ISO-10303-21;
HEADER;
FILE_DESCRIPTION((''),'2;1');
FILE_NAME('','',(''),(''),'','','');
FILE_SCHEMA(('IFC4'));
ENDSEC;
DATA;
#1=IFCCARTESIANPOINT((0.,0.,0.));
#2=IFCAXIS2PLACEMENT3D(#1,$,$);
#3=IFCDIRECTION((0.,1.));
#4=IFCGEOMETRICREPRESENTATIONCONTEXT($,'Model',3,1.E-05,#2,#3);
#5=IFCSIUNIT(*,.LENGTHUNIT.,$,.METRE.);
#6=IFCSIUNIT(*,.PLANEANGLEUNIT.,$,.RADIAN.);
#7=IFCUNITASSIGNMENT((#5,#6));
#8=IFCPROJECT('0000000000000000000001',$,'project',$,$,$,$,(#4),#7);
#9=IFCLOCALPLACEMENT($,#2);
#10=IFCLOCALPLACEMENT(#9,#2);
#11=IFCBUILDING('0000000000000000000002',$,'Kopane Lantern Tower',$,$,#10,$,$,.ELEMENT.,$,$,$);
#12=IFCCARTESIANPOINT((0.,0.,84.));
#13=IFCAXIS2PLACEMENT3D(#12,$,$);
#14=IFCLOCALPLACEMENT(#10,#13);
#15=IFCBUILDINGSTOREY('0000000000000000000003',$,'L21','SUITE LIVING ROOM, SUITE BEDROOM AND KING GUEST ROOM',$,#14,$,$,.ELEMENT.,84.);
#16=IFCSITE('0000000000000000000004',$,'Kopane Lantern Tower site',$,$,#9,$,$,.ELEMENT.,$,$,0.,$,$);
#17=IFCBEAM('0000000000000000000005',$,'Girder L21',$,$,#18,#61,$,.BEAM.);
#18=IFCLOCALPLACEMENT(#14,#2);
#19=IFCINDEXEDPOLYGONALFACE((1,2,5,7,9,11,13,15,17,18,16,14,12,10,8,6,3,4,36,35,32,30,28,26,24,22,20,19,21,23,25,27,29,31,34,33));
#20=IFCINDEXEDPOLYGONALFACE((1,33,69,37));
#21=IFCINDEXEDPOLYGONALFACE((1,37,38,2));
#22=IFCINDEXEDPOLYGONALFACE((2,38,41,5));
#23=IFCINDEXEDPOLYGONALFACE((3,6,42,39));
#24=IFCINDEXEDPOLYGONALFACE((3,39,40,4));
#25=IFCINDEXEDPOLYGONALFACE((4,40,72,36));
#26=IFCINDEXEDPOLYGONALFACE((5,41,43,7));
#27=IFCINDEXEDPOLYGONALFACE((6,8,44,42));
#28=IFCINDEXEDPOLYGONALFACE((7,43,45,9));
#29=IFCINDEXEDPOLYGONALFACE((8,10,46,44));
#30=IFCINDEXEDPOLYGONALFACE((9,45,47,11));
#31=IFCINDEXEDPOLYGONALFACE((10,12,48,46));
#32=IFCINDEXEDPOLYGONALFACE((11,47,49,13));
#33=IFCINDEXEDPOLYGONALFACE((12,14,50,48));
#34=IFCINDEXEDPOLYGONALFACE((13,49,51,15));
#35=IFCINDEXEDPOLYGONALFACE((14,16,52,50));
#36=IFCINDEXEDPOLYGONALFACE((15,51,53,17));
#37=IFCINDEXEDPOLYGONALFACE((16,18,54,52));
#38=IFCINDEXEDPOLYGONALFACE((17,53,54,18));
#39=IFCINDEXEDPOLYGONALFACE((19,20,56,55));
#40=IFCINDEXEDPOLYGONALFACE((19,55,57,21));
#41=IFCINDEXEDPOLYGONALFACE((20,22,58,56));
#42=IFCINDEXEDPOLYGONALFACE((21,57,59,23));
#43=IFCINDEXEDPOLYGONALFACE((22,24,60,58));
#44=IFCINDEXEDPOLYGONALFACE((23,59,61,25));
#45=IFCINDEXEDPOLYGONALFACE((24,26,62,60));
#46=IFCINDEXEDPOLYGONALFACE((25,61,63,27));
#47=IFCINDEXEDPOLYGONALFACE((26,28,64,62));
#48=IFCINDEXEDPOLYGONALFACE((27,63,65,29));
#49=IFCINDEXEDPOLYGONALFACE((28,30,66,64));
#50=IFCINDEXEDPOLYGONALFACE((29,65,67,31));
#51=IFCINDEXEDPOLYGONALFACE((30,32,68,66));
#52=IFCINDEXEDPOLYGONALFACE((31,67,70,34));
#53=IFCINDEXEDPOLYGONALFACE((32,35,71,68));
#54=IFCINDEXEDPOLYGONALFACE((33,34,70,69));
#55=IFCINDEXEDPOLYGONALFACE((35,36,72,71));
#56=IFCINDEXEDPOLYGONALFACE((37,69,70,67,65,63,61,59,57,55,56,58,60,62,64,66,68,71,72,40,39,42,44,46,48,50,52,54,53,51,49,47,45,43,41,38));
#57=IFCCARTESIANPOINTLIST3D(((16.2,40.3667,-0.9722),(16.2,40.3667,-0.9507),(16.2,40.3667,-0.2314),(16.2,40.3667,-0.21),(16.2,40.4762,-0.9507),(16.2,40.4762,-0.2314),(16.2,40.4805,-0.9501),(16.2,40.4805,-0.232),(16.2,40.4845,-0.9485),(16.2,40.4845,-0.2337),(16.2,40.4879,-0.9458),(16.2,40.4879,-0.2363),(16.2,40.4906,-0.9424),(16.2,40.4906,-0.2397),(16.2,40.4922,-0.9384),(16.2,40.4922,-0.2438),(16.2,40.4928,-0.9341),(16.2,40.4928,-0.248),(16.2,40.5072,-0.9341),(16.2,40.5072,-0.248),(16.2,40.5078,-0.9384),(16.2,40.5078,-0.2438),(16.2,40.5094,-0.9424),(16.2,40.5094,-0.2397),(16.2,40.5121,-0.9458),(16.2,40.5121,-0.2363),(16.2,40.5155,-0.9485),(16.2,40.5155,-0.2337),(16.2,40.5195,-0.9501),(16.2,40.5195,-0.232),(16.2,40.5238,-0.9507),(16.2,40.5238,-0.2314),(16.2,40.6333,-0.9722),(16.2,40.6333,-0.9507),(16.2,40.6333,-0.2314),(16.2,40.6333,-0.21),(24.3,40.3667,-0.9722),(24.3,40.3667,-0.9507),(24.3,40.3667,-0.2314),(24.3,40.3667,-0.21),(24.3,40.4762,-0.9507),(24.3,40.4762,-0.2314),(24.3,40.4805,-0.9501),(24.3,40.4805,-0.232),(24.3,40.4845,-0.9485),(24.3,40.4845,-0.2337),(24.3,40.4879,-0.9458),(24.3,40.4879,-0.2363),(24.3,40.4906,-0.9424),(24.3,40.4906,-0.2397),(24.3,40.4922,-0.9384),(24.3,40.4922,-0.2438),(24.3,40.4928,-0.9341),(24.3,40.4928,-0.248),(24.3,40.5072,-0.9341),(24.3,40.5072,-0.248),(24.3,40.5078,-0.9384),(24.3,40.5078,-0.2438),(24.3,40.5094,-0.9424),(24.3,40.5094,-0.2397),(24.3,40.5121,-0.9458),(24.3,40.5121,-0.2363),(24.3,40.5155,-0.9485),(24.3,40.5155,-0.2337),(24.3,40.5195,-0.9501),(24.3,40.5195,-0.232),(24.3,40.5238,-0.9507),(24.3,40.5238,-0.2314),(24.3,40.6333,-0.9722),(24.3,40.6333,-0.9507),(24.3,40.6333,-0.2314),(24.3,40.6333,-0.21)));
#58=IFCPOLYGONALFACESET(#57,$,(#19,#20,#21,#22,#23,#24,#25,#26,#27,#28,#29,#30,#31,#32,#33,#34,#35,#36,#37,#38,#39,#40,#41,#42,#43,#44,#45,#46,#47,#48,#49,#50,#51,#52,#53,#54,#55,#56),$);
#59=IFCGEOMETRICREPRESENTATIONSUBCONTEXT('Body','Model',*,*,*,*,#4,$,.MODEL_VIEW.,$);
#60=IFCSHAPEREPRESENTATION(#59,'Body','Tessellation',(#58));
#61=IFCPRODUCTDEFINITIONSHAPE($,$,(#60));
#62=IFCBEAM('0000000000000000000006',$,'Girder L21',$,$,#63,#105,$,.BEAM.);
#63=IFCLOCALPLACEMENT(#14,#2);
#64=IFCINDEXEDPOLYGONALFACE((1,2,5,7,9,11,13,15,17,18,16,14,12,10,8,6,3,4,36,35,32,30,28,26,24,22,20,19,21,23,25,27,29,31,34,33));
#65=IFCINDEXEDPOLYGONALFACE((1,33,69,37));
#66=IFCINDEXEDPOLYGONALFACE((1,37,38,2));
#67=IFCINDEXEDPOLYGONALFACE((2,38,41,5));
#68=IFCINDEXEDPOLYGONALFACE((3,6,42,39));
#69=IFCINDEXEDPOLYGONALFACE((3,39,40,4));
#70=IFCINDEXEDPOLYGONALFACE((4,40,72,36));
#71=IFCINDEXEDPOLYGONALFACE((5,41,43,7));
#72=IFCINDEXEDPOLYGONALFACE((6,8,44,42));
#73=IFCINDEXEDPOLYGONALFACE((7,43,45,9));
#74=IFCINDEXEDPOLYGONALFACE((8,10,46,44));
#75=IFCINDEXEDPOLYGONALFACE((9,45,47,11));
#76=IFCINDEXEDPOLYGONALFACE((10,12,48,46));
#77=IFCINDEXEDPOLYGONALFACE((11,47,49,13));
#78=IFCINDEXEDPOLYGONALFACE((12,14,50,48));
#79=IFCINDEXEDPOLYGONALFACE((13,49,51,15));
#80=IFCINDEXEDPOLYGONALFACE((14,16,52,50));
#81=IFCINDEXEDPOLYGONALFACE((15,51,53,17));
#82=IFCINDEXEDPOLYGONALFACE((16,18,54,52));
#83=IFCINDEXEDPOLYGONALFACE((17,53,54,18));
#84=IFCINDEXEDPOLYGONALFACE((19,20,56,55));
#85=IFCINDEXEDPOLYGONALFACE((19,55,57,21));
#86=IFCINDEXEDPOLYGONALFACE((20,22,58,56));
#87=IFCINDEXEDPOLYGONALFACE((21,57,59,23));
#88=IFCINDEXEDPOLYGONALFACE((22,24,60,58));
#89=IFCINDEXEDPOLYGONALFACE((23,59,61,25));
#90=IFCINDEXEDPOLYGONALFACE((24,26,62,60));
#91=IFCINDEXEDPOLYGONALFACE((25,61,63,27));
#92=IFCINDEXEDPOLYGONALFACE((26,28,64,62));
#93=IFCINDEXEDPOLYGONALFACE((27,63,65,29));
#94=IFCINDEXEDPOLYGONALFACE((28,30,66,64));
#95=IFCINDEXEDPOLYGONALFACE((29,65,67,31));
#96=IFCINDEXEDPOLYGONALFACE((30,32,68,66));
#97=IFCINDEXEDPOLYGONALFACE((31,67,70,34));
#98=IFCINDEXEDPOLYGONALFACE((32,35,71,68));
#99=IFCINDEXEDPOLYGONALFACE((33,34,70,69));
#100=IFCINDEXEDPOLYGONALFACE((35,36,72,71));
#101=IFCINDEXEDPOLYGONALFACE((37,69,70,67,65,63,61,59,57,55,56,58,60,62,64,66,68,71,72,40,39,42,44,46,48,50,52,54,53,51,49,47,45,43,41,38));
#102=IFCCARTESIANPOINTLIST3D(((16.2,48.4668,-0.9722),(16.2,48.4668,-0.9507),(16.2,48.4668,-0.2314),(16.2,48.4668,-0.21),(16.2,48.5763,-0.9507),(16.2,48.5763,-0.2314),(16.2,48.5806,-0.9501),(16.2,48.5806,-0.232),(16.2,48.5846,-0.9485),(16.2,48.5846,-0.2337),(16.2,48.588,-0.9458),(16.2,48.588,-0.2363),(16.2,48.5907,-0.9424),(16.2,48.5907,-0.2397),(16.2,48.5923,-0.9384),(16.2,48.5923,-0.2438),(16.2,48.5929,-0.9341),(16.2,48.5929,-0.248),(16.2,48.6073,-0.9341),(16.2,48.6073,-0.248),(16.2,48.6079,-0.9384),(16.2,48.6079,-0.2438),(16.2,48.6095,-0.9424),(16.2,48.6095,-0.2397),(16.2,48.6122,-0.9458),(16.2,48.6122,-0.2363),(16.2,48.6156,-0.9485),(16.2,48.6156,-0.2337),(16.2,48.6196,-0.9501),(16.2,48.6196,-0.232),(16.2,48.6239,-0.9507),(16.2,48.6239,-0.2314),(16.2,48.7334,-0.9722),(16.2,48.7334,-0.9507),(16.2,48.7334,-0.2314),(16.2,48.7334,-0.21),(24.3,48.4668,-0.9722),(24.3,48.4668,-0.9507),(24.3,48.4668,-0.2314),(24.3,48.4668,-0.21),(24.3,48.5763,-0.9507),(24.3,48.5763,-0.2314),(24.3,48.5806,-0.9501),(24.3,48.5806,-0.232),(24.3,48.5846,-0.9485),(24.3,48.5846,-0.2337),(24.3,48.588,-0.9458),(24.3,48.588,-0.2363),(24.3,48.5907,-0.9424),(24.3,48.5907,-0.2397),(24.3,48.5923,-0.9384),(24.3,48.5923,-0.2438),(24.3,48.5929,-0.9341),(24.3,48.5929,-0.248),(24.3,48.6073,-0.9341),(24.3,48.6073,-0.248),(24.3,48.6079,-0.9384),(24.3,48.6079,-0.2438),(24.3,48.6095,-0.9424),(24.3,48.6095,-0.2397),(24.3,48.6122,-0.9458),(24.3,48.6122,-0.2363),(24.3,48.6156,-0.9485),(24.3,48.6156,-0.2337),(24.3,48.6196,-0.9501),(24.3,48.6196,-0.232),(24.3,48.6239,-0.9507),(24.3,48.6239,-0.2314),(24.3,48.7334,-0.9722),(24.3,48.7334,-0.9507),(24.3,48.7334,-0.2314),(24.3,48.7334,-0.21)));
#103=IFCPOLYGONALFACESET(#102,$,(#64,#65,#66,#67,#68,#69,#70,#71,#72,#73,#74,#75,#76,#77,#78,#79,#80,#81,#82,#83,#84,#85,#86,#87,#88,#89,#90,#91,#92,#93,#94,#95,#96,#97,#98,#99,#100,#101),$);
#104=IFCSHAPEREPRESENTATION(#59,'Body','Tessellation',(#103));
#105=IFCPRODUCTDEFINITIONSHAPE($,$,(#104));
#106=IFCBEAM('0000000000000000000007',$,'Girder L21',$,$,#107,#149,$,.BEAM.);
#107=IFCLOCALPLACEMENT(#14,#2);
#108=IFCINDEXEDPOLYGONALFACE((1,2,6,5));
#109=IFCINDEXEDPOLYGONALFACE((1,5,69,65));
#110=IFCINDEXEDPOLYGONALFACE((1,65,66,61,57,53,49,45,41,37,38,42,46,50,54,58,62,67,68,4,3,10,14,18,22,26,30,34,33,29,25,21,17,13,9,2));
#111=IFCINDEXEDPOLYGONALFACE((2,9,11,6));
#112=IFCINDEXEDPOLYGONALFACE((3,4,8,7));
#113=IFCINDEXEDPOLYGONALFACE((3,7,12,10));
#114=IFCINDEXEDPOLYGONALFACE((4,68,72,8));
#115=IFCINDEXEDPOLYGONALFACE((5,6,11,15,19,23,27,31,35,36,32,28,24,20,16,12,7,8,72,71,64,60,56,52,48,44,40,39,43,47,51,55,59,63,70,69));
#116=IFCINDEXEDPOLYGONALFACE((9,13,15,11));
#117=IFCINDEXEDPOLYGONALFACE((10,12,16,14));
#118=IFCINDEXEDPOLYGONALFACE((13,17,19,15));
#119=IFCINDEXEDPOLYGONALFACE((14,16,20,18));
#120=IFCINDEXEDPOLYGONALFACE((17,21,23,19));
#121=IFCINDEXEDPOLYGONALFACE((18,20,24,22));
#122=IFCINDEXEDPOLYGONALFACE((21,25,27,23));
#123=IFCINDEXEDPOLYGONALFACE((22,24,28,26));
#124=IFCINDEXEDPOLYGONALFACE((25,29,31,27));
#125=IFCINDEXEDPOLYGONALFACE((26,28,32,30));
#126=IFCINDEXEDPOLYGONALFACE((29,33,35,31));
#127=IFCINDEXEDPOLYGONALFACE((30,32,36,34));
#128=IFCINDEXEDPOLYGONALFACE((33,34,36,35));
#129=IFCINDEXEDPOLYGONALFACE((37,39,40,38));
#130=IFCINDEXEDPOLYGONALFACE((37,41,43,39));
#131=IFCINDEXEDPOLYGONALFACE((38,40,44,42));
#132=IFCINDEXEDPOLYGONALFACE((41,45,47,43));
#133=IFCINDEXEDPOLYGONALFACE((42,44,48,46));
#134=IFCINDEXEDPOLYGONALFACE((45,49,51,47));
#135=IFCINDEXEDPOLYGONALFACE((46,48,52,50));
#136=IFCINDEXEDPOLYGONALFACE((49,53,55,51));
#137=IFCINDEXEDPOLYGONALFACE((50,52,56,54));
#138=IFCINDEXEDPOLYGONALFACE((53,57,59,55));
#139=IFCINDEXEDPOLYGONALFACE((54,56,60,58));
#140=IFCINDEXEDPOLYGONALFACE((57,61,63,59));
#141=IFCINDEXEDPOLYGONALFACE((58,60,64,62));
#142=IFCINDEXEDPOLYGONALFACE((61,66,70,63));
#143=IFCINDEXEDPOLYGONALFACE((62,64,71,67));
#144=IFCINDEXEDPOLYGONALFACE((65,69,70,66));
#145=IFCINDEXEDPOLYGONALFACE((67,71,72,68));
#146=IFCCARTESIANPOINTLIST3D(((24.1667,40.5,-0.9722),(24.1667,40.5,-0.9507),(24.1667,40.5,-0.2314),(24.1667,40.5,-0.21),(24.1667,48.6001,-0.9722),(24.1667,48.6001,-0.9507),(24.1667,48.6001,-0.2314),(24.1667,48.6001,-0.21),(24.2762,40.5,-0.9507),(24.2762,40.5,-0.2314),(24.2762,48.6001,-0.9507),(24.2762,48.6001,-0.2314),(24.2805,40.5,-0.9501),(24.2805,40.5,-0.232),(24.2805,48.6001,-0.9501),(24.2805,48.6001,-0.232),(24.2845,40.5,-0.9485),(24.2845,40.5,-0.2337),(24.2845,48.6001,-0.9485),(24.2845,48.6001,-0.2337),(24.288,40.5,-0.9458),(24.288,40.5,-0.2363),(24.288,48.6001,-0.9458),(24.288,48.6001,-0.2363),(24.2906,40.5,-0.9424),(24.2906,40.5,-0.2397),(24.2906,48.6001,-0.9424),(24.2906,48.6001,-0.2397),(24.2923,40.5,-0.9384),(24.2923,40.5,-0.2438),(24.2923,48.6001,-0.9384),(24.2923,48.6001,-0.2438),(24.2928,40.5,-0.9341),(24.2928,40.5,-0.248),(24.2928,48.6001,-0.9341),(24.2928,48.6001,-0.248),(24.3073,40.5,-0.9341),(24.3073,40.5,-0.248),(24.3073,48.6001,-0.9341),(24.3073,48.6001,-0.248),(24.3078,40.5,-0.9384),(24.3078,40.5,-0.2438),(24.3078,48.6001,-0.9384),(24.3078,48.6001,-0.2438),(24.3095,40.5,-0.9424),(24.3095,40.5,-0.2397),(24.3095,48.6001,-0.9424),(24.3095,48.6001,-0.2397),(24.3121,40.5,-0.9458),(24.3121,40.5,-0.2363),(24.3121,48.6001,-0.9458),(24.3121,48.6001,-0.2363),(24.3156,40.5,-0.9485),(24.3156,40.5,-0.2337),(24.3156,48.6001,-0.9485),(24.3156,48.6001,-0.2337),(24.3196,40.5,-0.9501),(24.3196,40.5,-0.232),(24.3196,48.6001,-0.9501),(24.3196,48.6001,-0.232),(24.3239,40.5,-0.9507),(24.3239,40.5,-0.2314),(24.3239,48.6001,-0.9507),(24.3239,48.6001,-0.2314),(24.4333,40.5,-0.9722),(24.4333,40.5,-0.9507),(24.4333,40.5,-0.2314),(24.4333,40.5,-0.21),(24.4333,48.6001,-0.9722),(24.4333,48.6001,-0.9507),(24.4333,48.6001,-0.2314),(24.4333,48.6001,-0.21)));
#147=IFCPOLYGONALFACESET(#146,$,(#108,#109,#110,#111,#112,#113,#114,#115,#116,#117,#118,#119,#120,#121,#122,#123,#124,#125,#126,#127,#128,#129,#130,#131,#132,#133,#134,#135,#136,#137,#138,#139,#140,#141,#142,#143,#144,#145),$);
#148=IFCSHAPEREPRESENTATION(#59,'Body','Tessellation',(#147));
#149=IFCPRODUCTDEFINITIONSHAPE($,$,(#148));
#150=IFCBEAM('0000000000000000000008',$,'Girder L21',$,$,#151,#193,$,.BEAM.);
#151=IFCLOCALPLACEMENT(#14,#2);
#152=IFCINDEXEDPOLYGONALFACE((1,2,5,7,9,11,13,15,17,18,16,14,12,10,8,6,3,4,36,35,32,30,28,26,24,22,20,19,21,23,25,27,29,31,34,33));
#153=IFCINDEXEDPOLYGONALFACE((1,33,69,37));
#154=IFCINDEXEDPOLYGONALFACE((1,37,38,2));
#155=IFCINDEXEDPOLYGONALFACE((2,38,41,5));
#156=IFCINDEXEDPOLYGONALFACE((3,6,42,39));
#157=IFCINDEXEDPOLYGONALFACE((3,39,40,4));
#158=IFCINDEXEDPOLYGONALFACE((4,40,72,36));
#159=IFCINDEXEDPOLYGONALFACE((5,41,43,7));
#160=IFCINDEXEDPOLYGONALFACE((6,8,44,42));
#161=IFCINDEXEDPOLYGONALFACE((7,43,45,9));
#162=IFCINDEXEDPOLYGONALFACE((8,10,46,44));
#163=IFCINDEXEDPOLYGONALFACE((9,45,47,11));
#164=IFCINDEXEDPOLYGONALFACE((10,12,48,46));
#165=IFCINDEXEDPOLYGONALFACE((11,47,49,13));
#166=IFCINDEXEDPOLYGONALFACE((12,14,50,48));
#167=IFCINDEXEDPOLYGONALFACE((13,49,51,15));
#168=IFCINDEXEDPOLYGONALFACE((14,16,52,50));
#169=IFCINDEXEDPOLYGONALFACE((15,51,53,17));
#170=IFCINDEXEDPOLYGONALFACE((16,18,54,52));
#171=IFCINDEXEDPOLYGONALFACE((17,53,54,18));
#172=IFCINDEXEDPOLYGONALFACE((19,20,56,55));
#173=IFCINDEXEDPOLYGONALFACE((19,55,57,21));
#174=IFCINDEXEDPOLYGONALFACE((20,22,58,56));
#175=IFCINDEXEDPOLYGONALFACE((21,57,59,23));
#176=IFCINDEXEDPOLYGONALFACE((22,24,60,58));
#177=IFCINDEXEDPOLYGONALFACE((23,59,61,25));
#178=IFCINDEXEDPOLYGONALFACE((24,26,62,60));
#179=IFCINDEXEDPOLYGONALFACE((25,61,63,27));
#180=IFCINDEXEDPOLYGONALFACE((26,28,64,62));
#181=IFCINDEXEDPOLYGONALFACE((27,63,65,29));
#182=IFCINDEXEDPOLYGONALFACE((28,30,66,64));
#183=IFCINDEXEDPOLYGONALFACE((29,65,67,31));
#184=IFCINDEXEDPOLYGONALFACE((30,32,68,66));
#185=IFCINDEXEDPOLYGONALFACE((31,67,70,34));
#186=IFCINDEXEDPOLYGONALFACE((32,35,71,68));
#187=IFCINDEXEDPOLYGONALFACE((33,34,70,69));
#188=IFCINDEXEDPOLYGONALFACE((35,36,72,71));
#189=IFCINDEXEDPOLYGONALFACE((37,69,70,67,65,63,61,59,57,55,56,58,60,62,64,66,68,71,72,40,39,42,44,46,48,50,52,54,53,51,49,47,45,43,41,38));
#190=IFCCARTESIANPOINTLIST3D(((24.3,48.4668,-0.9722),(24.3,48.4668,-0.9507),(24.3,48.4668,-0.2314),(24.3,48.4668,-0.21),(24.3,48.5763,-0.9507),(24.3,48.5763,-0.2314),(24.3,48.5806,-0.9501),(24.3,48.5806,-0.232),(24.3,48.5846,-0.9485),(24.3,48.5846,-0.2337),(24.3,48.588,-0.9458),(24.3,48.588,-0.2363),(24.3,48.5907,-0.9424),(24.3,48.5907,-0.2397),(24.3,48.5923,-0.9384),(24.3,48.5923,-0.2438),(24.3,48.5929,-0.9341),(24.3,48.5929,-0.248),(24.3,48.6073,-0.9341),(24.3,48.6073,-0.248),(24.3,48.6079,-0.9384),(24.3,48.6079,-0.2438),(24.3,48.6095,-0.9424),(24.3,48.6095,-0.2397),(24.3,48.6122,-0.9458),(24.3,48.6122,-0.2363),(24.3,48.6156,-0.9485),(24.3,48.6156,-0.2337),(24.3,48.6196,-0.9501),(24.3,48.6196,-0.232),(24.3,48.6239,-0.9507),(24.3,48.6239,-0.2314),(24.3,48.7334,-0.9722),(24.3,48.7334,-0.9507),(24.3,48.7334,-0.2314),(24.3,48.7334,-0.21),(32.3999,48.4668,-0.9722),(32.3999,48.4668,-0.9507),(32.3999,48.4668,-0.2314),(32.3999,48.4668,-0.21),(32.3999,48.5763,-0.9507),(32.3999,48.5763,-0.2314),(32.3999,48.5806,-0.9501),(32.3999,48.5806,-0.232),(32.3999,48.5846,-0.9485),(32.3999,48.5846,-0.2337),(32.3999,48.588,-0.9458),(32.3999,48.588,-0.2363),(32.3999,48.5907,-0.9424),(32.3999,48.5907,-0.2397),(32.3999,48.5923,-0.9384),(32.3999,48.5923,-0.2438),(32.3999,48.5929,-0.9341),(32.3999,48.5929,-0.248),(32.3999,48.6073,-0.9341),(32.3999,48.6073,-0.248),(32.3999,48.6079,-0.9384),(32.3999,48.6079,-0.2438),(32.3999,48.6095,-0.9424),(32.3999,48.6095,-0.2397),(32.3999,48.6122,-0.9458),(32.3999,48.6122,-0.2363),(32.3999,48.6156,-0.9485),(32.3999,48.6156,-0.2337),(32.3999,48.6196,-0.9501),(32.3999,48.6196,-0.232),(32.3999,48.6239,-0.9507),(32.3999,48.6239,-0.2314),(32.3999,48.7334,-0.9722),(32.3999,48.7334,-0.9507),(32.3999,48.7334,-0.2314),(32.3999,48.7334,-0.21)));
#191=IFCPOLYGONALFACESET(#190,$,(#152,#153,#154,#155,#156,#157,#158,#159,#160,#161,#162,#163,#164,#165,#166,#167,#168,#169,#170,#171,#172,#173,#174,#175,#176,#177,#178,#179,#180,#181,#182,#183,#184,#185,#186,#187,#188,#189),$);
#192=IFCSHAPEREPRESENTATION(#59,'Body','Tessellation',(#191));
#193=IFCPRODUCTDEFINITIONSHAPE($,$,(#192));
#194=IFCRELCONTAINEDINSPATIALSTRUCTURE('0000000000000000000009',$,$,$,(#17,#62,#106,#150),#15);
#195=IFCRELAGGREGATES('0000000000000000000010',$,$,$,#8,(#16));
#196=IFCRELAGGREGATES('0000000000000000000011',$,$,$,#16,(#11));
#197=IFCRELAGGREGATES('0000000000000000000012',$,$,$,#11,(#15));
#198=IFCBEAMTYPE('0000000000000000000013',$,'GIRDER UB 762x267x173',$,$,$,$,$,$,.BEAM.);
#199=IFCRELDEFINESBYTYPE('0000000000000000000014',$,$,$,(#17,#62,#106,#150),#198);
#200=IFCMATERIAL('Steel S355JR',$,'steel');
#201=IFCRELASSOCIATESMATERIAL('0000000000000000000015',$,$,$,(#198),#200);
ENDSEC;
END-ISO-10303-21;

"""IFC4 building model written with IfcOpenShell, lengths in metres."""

from ifc_helpers import new_model, si_unit, direction, frame, origin, origin_2d, place, context, subcontext, project, spatial, i_section, extrude, material, material_profile, profile_set, type_object, element, save


model = new_model("IFC4")

# Units and contexts
model_context = context("Model", 3, precision=1e-05, world=origin(), true_north=direction((0.0, 1.0)))
body_context = subcontext(model_context, "Body", "Model", "MODEL_VIEW")
ifc_project = project(units=[si_unit("LENGTHUNIT", "METRE"), si_unit("PLANEANGLEUNIT", "RADIAN")], contexts=[model_context])

# Site, building, storey
site_placement = place(None, origin())
site = spatial("IfcSite", under=ifc_project, at=site_placement, Name="Kopane Lantern Tower site", CompositionType="ELEMENT", RefElevation=0.0)
building_placement = place(site_placement, origin())
building = spatial("IfcBuilding", under=site, at=building_placement, Name="Kopane Lantern Tower", CompositionType="ELEMENT")
storey_placement = place(building_placement, frame((0.0, 0.0, 84.0)))
storey = spatial("IfcBuildingStorey", under=building, at=storey_placement, Name="L21", Description="SUITE LIVING ROOM, SUITE BEDROOM AND KING GUEST ROOM", CompositionType="ELEMENT", Elevation=84.0)

# Beams
ifc_material_1 = material(Name="Steel S355JR", Category="steel")
ifc_material_profile_1 = material_profile(ifc_material_1, i_section(OverallWidth=0.2666, OverallDepth=0.7622, WebThickness=0.0144, FlangeThickness=0.0215, FilletRadius=0.0166, at=origin_2d()), Name="UB 762x267x173")
ifc_profile_set_1 = profile_set([ifc_material_profile_1], Name="Steel S355JR")
beam_type_1 = type_object("IfcBeamType", Name="GIRDER UB 762x267x173", PredefinedType="BEAM", material=ifc_profile_set_1)
for number, where, z_axis, x_axis, name in (
    (1, (16.2, 40.5, -0.5911), (1.0, 0.0, 0.0), (0.0, 1.0, 0.0), "Girder L21"),
    (2, (16.2, 48.6001, -0.5911), (1.0, 0.0, 0.0), (0.0, 1.0, 0.0), "Girder L21"),
    (3, (24.3, 40.5, -0.5911), (0.0, 1.0, 0.0), (-1.0, 0.0, 0.0), "Girder L21"),
):
    element("IfcBeam", number, at=place(storey_placement, frame(where, z_axis=z_axis, x_axis=x_axis)), inside=storey, type_object=beam_type_1, Name=name, PredefinedType="BEAM", context=body_context, shape_type="SweptSolid", body=[
        extrude(i_section(OverallWidth=0.2666, OverallDepth=0.7622, WebThickness=0.0144, FlangeThickness=0.0215, FilletRadius=0.0166, at=origin_2d()), origin(), (0.0, 0.0, 1.0), 8.1001),
    ])
beam_1_placement = place(storey_placement, frame((24.3, 48.6001, -0.5911), z_axis=(1.0, 0.0, 0.0), x_axis=(0.0, 1.0, 0.0)))
element("IfcBeam", 4, at=beam_1_placement, inside=storey, type_object=beam_type_1, Name="Girder L21", PredefinedType="BEAM", context=body_context, shape_type="SweptSolid", body=[
    extrude(i_section(OverallWidth=0.2666, OverallDepth=0.7622, WebThickness=0.0144, FlangeThickness=0.0215, FilletRadius=0.0166, at=origin_2d()), origin(), (0.0, 0.0, 1.0), 8.0999),
])

save(model, "model.ifc")
